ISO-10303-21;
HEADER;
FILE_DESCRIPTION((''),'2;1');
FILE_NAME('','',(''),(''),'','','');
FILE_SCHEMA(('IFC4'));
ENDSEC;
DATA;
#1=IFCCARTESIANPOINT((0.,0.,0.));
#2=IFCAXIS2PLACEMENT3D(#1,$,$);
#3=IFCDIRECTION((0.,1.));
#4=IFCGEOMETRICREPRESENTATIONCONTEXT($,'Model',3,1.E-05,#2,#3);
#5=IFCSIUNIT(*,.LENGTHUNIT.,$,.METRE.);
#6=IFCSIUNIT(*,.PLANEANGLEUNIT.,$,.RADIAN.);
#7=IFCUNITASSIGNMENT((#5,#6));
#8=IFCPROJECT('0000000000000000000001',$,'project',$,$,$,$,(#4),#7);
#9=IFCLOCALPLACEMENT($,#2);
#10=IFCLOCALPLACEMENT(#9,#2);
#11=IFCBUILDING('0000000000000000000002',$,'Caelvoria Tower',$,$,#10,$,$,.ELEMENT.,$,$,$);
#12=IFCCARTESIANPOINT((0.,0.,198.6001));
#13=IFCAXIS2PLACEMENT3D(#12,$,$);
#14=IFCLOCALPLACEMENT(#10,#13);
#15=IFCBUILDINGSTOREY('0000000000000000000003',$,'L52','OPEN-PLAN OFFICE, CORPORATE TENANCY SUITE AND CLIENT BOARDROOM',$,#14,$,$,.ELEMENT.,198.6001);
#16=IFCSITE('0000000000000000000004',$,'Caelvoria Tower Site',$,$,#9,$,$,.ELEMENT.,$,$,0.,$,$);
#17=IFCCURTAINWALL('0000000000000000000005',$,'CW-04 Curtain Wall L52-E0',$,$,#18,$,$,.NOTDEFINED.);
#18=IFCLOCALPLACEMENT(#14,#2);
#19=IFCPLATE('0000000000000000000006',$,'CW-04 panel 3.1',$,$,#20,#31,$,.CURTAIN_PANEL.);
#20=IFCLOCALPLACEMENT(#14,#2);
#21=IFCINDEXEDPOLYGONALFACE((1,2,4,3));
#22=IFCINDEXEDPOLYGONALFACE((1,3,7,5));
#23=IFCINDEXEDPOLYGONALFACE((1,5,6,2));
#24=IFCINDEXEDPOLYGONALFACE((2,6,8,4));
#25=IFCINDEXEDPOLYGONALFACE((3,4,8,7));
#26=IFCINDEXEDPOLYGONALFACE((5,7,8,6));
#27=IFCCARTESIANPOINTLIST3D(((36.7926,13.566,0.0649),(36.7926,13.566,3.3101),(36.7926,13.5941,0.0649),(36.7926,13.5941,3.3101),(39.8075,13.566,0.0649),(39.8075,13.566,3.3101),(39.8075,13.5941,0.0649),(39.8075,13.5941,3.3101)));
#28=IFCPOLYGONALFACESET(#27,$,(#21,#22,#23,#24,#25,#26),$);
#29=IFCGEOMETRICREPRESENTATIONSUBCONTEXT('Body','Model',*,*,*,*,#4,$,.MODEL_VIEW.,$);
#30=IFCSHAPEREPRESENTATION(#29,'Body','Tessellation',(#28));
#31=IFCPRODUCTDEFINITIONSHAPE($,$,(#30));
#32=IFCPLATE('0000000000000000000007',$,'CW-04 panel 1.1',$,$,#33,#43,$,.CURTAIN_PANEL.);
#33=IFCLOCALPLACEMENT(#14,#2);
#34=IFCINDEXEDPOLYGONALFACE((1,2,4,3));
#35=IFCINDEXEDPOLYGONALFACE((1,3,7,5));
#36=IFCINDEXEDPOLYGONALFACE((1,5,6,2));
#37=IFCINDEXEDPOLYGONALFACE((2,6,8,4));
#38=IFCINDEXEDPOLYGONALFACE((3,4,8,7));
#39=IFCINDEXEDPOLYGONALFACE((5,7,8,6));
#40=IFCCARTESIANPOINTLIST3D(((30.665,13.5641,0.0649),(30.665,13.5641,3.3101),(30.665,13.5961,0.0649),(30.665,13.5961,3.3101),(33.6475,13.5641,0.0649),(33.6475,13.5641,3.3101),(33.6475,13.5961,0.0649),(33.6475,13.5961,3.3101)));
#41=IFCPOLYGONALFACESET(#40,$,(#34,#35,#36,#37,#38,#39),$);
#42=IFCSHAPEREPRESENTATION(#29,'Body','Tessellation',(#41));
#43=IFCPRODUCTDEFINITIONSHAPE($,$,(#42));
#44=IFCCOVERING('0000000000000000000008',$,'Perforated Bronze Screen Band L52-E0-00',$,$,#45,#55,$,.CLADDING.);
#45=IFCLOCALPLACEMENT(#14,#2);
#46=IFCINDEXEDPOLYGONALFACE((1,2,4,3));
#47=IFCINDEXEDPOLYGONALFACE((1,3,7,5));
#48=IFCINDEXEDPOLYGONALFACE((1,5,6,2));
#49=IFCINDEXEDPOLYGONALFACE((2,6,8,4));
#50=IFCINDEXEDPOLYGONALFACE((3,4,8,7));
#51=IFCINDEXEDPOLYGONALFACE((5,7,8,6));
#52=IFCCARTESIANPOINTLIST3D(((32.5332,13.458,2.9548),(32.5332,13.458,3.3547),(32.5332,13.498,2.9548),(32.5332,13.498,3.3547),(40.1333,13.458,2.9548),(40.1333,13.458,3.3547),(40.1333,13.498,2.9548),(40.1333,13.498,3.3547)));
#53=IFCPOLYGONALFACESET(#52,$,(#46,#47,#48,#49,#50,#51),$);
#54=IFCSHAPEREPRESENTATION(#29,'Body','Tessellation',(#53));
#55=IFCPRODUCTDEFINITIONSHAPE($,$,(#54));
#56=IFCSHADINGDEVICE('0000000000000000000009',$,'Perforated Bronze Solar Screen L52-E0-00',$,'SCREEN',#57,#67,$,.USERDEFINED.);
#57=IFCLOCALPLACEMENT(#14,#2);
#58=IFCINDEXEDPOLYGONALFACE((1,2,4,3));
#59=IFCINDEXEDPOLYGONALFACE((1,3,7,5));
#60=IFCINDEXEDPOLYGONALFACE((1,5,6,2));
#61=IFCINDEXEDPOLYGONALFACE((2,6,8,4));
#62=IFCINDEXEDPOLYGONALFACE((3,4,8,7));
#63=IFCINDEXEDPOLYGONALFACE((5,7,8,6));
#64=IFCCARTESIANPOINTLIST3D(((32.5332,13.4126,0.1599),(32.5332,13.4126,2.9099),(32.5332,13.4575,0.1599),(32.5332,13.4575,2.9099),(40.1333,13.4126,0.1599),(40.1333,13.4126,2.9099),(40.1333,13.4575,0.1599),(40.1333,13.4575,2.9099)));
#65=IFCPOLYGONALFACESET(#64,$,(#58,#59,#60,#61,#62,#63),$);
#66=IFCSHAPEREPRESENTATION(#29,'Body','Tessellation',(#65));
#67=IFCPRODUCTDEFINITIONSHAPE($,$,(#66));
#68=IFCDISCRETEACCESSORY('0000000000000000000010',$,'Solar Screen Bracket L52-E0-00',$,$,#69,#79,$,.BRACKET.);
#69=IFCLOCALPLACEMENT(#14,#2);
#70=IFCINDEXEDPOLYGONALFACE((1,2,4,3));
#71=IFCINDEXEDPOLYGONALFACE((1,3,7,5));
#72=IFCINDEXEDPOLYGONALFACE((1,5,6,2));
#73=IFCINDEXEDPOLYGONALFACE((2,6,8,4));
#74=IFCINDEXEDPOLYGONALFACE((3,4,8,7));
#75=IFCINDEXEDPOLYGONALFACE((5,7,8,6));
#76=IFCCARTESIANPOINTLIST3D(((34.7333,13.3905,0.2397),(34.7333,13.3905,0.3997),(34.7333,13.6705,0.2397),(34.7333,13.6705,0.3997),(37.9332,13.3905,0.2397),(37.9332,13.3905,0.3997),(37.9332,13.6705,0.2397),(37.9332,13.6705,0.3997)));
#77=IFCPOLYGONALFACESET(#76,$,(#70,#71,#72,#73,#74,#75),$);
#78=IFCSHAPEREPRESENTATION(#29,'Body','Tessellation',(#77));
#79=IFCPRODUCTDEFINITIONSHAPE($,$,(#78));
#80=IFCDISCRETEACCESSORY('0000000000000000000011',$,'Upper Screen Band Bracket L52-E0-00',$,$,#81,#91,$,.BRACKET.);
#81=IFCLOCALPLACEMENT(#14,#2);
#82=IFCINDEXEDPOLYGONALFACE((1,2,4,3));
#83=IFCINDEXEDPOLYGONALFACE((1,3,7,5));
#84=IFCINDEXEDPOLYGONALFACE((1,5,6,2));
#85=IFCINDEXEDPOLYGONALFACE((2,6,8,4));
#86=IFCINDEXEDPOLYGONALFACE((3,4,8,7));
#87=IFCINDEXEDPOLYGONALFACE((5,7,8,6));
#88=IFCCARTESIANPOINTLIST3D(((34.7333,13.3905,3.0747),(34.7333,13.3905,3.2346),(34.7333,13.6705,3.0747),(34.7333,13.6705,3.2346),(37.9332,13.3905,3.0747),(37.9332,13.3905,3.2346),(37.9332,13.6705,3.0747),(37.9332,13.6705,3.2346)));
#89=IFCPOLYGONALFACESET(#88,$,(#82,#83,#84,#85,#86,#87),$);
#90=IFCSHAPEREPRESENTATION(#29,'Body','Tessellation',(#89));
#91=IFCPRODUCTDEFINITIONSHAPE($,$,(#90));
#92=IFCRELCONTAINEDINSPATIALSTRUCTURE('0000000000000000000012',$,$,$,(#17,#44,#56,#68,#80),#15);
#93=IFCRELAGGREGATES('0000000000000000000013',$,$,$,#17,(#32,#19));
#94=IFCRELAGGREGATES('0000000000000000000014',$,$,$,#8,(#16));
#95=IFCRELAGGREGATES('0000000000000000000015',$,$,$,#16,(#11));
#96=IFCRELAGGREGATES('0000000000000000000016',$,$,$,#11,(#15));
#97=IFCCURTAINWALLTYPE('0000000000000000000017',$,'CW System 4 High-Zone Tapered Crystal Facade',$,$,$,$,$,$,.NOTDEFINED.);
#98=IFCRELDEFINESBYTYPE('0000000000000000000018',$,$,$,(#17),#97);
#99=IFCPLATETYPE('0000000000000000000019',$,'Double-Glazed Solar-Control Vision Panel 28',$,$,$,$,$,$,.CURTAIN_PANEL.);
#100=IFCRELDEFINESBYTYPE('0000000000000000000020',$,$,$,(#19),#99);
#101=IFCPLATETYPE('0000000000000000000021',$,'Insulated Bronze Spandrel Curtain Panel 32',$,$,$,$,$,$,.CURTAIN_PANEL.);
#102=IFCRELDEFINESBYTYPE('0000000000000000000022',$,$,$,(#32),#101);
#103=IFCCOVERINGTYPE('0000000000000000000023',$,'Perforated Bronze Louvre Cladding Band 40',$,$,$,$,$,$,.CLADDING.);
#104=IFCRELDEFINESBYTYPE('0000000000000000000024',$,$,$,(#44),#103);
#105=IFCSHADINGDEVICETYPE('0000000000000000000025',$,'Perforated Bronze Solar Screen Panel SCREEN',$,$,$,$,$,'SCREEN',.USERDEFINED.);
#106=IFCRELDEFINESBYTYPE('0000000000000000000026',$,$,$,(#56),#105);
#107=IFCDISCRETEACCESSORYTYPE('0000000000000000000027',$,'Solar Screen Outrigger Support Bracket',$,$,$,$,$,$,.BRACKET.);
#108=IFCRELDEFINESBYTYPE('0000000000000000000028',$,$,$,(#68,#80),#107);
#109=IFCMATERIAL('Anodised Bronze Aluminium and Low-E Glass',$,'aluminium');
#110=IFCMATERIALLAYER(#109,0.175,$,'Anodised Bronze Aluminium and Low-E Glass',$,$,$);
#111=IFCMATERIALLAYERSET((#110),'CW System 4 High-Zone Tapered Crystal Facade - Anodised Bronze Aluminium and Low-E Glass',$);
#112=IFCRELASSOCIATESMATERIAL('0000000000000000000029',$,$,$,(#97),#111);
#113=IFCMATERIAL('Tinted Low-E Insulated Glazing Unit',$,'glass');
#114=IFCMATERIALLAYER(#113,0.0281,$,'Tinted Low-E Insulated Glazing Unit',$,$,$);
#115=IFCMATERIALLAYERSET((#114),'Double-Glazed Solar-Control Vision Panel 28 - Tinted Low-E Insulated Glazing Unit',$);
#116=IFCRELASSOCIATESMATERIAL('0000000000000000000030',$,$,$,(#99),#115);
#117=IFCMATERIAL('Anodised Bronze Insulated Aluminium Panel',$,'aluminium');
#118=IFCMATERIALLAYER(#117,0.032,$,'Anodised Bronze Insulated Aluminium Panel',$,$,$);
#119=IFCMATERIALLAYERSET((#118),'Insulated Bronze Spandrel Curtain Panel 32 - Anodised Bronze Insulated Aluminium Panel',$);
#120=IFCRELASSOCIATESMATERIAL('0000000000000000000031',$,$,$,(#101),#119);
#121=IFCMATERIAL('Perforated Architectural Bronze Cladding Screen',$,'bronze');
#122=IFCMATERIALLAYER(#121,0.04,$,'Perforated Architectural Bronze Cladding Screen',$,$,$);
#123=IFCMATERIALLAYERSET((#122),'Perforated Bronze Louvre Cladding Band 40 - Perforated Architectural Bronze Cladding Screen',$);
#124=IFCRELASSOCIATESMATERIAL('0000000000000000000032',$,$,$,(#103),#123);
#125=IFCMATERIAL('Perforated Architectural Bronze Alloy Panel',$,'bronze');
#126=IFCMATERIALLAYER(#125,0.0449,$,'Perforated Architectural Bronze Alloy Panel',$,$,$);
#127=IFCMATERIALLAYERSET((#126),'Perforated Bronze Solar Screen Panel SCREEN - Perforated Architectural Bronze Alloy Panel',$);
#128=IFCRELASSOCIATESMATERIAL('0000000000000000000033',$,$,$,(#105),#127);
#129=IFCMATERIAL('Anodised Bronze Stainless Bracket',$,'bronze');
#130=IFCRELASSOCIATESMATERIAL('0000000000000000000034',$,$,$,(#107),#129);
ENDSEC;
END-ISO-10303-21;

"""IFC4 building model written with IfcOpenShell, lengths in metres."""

from ifc_helpers import new_model, si_unit, direction, frame, origin, origin_2d, place, context, subcontext, project, spatial, rectangle, extrude, material, layer, layer_set, type_object, element, aggregate, save


model = new_model("IFC4")

# Units and contexts
model_context = context("Model", 3, precision=1e-05, world=origin(), true_north=direction((0.0, 1.0)))
body_context = subcontext(model_context, "Body", "Model", "MODEL_VIEW")
ifc_project = project(units=[si_unit("LENGTHUNIT", "METRE"), si_unit("PLANEANGLEUNIT", "RADIAN")], contexts=[model_context])

# Site, building, storey
site_placement = place(None, origin())
site = spatial("IfcSite", under=ifc_project, at=site_placement, Name="Caelvoria Tower Site", CompositionType="ELEMENT", RefElevation=0.0)
building_placement = place(site_placement, origin())
building = spatial("IfcBuilding", under=site, at=building_placement, Name="Caelvoria Tower", CompositionType="ELEMENT")
storey_placement = place(building_placement, frame((0.0, 0.0, 198.6001)))
storey = spatial("IfcBuildingStorey", under=building, at=storey_placement, Name="L52", Description="OPEN-PLAN OFFICE, CORPORATE TENANCY SUITE AND CLIENT BOARDROOM", CompositionType="ELEMENT", Elevation=198.6001)

# Curtain wall
ifc_material_1 = material(Name="Anodised Bronze Aluminium and Low-E Glass", Category="aluminium")
ifc_layer_1 = layer(ifc_material_1, 0.175, Name="Anodised Bronze Aluminium and Low-E Glass")
ifc_layer_set_1 = layer_set([ifc_layer_1], Name="CW System 4 High-Zone Tapered Crystal Facade - Anodised Bronze Aluminium and Low-E Glass")
curtain_wall_type = type_object("IfcCurtainWallType", Name="CW System 4 High-Zone Tapered Crystal Facade", PredefinedType="NOTDEFINED", material=ifc_layer_set_1)
curtain_wall_1_placement = place(storey_placement, origin())
curtain_wall_1 = element("IfcCurtainWall", 1, at=curtain_wall_1_placement, inside=storey, type_object=curtain_wall_type, Name="CW-04 Curtain Wall L52-E0", PredefinedType="NOTDEFINED")

# Plates
ifc_material_2 = material(Name="Tinted Low-E Insulated Glazing Unit", Category="glass")
ifc_layer_2 = layer(ifc_material_2, 0.0281, Name="Tinted Low-E Insulated Glazing Unit")
ifc_layer_set_2 = layer_set([ifc_layer_2], Name="Double-Glazed Solar-Control Vision Panel 28 - Tinted Low-E Insulated Glazing Unit")
plate_type_1 = type_object("IfcPlateType", Name="Double-Glazed Solar-Control Vision Panel 28", PredefinedType="CURTAIN_PANEL", material=ifc_layer_set_2)
plate_1_placement = place(storey_placement, frame((38.3, 13.5801, 0.0649), z_axis=(0.0, 0.0, 1.0), x_axis=(1.0, 0.0, 0.0)))
plate_1 = element("IfcPlate", 2, at=plate_1_placement, type_object=plate_type_1, Name="CW-04 panel 3.1", PredefinedType="CURTAIN_PANEL", context=body_context, shape_type="SweptSolid", body=[
    extrude(rectangle(XDim=3.0149, YDim=0.0281, at=origin_2d()), origin(), (0.0, 0.0, 1.0), 3.2451),
])
ifc_material_3 = material(Name="Anodised Bronze Insulated Aluminium Panel", Category="aluminium")
ifc_layer_3 = layer(ifc_material_3, 0.032, Name="Anodised Bronze Insulated Aluminium Panel")
ifc_layer_set_3 = layer_set([ifc_layer_3], Name="Insulated Bronze Spandrel Curtain Panel 32 - Anodised Bronze Insulated Aluminium Panel")
plate_type_2 = type_object("IfcPlateType", Name="Insulated Bronze Spandrel Curtain Panel 32", PredefinedType="CURTAIN_PANEL", material=ifc_layer_set_3)
plate_2_placement = place(storey_placement, frame((32.1562, 13.5801, 0.0649), z_axis=(0.0, 0.0, 1.0), x_axis=(1.0, 0.0, 0.0)))
plate_2 = element("IfcPlate", 3, at=plate_2_placement, type_object=plate_type_2, Name="CW-04 panel 1.1", PredefinedType="CURTAIN_PANEL", context=body_context, shape_type="SweptSolid", body=[
    extrude(rectangle(XDim=2.9824, YDim=0.032, at=origin_2d()), origin(), (0.0, 0.0, 1.0), 3.2451),
])
aggregate(curtain_wall_1, [plate_2, plate_1])

# Covering
ifc_material_4 = material(Name="Perforated Architectural Bronze Cladding Screen", Category="bronze")
ifc_layer_4 = layer(ifc_material_4, 0.04, Name="Perforated Architectural Bronze Cladding Screen")
ifc_layer_set_4 = layer_set([ifc_layer_4], Name="Perforated Bronze Louvre Cladding Band 40 - Perforated Architectural Bronze Cladding Screen")
covering_type = type_object("IfcCoveringType", Name="Perforated Bronze Louvre Cladding Band 40", PredefinedType="CLADDING", material=ifc_layer_set_4)
covering_placement = place(storey_placement, frame((36.3333, 13.478, 2.9548), z_axis=(0.0, 0.0, 1.0), x_axis=(1.0, 0.0, 0.0)))
element("IfcCovering", 4, at=covering_placement, inside=storey, type_object=covering_type, Name="Perforated Bronze Screen Band L52-E0-00", PredefinedType="CLADDING", context=body_context, shape_type="SweptSolid", body=[
    extrude(rectangle(XDim=7.6001, YDim=0.04, at=origin_2d()), origin(), (0.0, 0.0, 1.0), 0.3999),
])

# Shading device
ifc_material_5 = material(Name="Perforated Architectural Bronze Alloy Panel", Category="bronze")
ifc_layer_5 = layer(ifc_material_5, 0.0449, Name="Perforated Architectural Bronze Alloy Panel")
ifc_layer_set_5 = layer_set([ifc_layer_5], Name="Perforated Bronze Solar Screen Panel SCREEN - Perforated Architectural Bronze Alloy Panel")
shading_device_type = type_object("IfcShadingDeviceType", Name="Perforated Bronze Solar Screen Panel SCREEN", ElementType="SCREEN", PredefinedType="USERDEFINED", material=ifc_layer_set_5)
shading_device_placement = place(storey_placement, frame((36.3333, 13.4351, 0.1599), z_axis=(0.0, 0.0, 1.0), x_axis=(1.0, 0.0, 0.0)))
element("IfcShadingDevice", 5, at=shading_device_placement, inside=storey, type_object=shading_device_type, Name="Perforated Bronze Solar Screen L52-E0-00", ObjectType="SCREEN", PredefinedType="USERDEFINED", context=body_context, shape_type="SweptSolid", body=[
    extrude(rectangle(XDim=7.6001, YDim=0.0449, at=origin_2d()), origin(), (0.0, 0.0, 1.0), 2.75),
])

# Discrete accessories
ifc_material_6 = material(Name="Anodised Bronze Stainless Bracket", Category="bronze")
discrete_accessory_type = type_object("IfcDiscreteAccessoryType", Name="Solar Screen Outrigger Support Bracket", PredefinedType="BRACKET", material=ifc_material_6)
for number, where, z_axis, x_axis, name in (
    (6, (36.3333, 13.5305, 0.2397), (0.0, 0.0, 1.0), (1.0, 0.0, 0.0), "Solar Screen Bracket L52-E0-00"),
    (7, (36.3333, 13.5305, 3.0747), (0.0, 0.0, 1.0), (1.0, 0.0, 0.0), "Upper Screen Band Bracket L52-E0-00"),
):
    element("IfcDiscreteAccessory", number, at=place(storey_placement, frame(where, z_axis=z_axis, x_axis=x_axis)), inside=storey, type_object=discrete_accessory_type, Name=name, PredefinedType="BRACKET", context=body_context, shape_type="SweptSolid", body=[
        extrude(rectangle(XDim=3.2, YDim=0.28, at=origin_2d()), origin(), (0.0, 0.0, 1.0), 0.1599),
    ])

save(model, "model.ifc")
